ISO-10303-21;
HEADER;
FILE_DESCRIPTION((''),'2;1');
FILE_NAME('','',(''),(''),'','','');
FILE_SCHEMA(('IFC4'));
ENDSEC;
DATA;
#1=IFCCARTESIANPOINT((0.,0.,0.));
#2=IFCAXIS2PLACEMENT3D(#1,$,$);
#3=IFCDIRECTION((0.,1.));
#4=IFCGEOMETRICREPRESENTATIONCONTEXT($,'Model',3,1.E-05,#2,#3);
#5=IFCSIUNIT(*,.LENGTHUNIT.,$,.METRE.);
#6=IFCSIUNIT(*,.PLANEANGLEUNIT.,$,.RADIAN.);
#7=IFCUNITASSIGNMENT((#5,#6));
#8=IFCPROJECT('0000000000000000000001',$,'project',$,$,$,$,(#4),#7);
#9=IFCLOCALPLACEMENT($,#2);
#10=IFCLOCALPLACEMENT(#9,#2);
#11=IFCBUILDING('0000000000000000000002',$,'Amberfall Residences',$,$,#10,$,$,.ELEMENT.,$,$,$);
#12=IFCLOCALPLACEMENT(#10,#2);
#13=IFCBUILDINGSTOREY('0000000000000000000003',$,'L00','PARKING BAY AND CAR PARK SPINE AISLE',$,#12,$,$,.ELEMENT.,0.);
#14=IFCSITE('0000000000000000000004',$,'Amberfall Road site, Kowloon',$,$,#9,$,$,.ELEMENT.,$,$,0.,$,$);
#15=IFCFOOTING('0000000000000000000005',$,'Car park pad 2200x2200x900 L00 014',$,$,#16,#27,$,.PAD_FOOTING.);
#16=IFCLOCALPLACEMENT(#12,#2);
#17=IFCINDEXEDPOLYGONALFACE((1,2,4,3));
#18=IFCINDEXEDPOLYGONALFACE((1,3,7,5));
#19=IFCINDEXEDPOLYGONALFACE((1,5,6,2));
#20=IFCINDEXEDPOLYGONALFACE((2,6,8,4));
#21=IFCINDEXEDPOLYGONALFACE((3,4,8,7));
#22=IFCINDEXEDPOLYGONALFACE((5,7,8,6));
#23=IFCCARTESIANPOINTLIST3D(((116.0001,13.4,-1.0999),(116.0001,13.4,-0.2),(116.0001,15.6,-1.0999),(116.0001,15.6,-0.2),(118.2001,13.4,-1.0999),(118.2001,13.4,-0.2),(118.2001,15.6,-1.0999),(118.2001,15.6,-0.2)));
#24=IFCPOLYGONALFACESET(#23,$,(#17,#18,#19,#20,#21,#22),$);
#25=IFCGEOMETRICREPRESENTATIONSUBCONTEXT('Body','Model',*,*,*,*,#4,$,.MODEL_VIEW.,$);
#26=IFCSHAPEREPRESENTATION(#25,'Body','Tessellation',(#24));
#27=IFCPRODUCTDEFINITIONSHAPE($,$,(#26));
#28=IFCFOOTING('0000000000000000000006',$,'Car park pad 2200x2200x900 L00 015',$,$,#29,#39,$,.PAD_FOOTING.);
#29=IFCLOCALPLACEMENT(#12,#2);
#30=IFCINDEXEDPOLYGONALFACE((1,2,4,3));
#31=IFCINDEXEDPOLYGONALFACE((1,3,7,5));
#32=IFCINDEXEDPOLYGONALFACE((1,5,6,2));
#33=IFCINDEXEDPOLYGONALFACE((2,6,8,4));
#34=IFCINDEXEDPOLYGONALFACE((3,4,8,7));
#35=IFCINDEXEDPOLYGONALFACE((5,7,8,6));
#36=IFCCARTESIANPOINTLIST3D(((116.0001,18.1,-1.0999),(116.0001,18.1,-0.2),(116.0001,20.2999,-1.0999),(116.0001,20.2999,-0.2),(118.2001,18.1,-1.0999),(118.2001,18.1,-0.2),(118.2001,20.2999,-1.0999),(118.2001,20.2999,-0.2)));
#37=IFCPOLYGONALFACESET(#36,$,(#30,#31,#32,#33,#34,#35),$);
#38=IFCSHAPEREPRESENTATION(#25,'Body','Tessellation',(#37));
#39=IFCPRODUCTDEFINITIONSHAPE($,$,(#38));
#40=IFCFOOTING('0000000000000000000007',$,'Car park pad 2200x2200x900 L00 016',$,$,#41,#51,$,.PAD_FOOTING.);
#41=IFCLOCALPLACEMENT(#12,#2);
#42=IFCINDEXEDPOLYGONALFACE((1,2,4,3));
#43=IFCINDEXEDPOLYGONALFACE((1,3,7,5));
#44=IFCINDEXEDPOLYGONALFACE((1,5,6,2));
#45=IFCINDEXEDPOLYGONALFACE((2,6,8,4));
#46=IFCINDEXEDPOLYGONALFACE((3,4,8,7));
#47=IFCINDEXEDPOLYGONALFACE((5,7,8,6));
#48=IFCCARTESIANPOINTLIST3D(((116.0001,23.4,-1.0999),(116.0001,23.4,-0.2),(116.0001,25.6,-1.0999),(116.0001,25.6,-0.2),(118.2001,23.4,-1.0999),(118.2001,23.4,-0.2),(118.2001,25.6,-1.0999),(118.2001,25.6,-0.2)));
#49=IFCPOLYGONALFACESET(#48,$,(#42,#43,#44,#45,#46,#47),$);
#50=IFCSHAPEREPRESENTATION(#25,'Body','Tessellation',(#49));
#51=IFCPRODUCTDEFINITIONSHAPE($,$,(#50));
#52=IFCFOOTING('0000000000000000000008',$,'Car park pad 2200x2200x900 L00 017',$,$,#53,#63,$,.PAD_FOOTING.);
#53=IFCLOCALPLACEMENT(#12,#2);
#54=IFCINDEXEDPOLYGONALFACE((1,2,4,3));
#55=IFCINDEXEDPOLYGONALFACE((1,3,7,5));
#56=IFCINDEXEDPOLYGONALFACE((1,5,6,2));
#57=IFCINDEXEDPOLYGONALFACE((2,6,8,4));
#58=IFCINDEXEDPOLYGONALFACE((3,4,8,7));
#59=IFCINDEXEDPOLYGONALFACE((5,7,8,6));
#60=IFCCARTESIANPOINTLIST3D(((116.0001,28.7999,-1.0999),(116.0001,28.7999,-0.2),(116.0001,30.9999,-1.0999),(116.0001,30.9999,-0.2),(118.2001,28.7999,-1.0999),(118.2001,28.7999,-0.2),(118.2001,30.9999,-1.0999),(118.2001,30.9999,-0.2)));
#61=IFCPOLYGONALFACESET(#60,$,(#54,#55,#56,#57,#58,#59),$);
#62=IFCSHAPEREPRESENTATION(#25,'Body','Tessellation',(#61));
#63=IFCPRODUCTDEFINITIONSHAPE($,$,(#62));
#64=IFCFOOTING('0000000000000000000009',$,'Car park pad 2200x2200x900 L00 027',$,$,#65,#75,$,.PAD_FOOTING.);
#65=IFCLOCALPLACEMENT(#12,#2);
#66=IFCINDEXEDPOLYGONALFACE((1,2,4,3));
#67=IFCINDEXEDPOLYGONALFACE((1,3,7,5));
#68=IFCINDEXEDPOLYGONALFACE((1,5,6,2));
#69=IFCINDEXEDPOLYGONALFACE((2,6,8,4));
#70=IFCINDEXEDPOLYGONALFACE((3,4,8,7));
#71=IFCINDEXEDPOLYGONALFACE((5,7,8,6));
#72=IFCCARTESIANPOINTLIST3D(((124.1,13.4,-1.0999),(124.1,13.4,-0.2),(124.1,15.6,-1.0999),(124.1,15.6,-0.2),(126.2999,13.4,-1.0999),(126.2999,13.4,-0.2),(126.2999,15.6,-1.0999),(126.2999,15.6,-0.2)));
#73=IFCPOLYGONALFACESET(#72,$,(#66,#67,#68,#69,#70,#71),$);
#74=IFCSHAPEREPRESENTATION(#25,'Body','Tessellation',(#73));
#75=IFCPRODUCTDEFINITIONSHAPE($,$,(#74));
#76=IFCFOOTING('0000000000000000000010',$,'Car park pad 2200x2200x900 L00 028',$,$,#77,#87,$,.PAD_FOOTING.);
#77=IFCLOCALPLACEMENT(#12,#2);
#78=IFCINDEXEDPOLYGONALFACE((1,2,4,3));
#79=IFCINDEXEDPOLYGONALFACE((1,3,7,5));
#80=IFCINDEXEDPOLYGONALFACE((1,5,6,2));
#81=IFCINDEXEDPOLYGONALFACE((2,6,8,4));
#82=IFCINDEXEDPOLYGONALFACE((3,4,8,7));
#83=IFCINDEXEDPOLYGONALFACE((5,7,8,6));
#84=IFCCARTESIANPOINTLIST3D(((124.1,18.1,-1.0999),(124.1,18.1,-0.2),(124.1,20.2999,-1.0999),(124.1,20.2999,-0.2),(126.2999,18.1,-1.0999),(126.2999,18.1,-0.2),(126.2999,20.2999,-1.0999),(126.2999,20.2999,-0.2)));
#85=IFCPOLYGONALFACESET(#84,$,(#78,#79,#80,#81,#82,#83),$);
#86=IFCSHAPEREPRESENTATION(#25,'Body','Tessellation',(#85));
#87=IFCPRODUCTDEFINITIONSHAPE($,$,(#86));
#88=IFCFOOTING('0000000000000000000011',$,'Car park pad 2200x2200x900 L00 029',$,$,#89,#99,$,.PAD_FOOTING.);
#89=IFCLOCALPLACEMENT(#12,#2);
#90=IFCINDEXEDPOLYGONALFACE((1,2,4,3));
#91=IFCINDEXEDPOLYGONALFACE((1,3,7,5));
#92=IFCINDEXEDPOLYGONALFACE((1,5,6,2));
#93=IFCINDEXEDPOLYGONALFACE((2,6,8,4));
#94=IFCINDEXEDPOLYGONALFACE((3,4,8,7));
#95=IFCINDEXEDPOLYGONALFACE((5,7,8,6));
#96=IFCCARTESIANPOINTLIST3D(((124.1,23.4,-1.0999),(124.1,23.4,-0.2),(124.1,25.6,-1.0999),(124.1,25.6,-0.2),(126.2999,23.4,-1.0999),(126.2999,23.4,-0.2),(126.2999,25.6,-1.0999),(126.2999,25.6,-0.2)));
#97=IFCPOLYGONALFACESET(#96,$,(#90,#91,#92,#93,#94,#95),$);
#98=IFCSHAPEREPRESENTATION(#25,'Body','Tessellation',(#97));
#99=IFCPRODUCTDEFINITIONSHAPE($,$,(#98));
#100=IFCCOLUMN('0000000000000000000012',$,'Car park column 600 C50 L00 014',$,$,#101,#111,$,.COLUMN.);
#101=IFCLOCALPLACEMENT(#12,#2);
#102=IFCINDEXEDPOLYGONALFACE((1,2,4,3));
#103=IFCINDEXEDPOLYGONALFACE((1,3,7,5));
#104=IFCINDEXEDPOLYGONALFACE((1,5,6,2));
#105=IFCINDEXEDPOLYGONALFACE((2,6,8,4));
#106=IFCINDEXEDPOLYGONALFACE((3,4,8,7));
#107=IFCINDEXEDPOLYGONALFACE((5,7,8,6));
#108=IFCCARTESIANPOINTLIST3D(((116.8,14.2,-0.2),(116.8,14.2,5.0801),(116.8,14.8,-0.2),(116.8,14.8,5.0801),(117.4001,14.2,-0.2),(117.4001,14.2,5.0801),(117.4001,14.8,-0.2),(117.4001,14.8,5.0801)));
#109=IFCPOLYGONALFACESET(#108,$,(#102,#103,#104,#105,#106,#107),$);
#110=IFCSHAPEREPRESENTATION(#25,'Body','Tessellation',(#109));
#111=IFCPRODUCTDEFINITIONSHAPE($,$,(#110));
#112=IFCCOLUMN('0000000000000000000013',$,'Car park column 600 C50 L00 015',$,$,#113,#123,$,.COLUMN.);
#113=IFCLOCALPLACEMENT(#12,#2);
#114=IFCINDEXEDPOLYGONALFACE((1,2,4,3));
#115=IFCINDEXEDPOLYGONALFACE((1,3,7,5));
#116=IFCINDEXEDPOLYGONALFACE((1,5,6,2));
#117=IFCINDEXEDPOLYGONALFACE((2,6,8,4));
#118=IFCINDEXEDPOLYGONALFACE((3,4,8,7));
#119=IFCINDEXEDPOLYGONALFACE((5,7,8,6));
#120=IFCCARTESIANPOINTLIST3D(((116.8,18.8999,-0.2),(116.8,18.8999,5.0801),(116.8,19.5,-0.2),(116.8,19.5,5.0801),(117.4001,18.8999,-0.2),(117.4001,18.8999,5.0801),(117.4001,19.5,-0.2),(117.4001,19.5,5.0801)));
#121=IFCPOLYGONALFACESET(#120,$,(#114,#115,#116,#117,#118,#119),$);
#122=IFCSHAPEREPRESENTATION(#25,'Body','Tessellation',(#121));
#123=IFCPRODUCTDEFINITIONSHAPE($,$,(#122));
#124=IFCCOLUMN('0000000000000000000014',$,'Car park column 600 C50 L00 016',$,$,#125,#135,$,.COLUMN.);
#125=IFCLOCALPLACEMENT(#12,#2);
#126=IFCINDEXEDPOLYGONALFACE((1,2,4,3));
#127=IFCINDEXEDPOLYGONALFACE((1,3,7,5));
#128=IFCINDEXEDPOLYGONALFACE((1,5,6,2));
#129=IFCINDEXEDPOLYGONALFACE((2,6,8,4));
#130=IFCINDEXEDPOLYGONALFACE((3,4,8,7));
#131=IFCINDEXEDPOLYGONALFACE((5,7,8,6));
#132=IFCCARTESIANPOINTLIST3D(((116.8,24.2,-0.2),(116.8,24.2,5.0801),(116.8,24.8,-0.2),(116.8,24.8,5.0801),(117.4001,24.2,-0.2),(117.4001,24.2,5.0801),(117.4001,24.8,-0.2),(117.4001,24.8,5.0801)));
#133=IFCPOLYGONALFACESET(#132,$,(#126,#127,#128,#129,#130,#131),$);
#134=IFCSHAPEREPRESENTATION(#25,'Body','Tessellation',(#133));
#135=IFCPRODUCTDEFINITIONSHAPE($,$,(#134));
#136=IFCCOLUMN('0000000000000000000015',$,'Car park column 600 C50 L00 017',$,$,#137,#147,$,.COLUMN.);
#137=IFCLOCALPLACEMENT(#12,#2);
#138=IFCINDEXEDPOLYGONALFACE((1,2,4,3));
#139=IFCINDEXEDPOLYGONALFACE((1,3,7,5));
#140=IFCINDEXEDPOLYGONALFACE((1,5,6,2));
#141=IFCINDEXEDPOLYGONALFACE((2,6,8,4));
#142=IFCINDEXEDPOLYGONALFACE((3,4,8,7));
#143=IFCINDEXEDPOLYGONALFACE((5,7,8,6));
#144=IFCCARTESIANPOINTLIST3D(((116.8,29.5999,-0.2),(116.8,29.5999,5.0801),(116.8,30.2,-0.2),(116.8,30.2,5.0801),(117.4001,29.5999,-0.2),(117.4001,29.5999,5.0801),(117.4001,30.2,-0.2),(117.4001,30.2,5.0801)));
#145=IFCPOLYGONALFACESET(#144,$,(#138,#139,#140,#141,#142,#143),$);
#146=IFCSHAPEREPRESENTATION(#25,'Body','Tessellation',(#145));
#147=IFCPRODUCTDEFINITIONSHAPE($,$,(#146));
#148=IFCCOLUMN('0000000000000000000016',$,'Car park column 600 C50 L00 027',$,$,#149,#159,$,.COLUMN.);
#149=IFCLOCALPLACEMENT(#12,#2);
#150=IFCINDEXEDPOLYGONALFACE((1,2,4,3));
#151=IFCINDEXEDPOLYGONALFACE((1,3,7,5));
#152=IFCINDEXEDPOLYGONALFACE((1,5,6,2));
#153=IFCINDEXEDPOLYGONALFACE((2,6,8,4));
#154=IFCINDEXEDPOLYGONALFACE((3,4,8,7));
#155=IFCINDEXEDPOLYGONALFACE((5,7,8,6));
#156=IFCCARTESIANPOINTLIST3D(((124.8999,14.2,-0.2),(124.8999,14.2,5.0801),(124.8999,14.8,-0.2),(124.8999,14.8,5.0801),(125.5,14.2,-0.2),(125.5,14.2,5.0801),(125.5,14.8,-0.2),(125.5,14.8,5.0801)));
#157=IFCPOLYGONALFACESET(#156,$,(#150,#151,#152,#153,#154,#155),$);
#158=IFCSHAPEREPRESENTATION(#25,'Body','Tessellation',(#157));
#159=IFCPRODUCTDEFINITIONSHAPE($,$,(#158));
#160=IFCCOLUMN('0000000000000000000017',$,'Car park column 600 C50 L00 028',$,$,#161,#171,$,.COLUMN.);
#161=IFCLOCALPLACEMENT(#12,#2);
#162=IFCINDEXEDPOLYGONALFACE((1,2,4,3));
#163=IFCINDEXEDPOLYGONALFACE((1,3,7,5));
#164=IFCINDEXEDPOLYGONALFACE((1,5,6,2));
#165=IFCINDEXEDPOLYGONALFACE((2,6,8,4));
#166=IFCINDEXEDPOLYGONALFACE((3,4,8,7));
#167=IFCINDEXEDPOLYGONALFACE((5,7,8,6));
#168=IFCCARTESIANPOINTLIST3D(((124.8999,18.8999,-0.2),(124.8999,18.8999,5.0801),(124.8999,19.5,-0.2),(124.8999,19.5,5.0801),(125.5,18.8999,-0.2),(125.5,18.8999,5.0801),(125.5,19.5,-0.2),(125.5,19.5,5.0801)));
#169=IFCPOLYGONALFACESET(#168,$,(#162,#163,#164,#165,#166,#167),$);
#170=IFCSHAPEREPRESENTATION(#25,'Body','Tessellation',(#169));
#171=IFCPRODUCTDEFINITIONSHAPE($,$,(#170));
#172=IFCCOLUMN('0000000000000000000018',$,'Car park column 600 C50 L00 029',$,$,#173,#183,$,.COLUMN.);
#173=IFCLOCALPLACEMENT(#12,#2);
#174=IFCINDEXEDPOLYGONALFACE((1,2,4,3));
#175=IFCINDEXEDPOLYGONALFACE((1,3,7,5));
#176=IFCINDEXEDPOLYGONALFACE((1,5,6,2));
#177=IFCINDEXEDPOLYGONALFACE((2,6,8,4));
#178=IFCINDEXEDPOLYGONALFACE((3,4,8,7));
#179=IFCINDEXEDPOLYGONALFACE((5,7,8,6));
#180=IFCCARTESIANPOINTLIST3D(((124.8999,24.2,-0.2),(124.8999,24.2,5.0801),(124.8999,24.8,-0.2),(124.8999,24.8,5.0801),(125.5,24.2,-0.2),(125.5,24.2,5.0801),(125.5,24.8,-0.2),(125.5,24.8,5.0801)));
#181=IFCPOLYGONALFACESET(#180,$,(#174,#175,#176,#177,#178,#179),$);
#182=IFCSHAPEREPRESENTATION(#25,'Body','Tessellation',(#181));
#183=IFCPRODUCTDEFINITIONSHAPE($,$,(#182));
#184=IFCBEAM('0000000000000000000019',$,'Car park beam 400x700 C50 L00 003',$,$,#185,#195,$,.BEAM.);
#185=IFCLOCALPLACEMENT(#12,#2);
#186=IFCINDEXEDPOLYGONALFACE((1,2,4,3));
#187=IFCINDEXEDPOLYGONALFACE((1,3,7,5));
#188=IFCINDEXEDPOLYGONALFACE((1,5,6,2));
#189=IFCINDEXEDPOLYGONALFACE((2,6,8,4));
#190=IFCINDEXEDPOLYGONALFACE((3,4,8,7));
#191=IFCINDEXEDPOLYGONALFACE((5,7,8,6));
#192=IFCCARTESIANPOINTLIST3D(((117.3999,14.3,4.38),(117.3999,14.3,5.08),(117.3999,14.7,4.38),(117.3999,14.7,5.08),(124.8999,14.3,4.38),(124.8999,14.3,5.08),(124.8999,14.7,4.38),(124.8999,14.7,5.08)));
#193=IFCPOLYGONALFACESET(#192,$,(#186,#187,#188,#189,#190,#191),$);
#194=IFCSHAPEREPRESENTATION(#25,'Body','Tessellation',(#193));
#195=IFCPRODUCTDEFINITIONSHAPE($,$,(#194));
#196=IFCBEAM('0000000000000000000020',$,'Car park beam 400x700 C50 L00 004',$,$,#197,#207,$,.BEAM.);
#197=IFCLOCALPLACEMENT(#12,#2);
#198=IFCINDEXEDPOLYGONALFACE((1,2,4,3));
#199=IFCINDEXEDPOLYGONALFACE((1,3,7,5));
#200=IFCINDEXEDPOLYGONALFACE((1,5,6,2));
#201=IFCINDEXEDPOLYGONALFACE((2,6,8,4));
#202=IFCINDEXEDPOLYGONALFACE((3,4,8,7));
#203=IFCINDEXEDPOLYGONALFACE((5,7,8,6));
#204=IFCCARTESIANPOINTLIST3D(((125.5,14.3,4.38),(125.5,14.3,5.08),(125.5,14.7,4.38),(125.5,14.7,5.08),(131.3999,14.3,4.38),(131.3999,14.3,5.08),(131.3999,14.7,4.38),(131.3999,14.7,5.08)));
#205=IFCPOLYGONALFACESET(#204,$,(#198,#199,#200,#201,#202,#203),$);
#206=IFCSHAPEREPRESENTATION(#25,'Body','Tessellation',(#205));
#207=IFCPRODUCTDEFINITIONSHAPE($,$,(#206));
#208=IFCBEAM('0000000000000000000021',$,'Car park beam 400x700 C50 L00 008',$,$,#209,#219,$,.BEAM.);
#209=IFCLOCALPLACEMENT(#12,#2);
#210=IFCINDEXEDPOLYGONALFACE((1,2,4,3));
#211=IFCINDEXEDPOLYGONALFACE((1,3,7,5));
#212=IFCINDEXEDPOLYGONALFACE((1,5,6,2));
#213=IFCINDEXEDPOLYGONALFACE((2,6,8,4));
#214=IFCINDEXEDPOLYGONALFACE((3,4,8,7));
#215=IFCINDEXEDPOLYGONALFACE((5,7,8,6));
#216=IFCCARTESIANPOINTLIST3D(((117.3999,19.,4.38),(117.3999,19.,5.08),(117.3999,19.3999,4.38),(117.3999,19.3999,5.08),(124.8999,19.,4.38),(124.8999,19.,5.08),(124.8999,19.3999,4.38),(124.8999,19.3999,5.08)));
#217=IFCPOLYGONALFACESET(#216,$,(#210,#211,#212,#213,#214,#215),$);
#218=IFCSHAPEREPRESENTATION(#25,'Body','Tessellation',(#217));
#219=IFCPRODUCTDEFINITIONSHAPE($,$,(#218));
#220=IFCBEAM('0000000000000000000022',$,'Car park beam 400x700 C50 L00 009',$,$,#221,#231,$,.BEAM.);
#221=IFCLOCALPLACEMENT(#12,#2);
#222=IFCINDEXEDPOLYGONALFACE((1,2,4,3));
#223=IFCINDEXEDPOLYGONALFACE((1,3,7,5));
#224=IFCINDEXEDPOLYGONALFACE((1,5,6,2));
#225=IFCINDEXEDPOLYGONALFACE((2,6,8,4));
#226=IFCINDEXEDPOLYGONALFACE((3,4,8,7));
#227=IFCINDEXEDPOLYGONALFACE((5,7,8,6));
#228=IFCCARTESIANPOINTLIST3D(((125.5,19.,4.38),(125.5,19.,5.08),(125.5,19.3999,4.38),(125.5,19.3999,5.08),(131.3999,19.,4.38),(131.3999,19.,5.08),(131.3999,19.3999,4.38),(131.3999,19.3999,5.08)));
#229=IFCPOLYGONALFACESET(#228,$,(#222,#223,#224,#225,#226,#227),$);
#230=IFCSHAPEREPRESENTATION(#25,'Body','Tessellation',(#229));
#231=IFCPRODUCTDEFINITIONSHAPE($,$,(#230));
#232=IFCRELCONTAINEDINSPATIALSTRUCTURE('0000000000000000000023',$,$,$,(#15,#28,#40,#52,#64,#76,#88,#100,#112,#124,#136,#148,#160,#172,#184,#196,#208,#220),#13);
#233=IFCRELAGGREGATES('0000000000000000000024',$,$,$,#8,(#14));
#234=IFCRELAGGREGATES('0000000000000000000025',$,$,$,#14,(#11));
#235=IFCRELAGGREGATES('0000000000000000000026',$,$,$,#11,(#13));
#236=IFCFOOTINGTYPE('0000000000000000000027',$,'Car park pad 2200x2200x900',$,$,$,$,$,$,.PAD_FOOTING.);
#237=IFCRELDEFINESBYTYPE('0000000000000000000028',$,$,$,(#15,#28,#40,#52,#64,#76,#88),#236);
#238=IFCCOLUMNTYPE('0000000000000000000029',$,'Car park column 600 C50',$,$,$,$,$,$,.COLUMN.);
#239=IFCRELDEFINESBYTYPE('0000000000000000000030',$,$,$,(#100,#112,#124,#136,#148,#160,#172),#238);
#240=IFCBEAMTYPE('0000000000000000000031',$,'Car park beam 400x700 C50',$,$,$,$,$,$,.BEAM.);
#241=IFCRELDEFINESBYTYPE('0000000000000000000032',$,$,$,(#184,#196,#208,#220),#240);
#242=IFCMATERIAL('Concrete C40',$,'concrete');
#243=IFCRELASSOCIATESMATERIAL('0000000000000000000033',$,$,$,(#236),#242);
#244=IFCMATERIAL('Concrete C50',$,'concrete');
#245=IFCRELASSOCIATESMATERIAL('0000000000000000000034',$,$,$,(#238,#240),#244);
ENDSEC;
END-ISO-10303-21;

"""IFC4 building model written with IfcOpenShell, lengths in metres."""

from ifc_helpers import new_model, si_unit, direction, frame, origin, origin_2d, place, context, subcontext, project, spatial, rectangle, extrude, material, material_profile, profile_set, type_object, element, save


model = new_model("IFC4")

# Units and contexts
model_context = context("Model", 3, precision=1e-05, world=origin(), true_north=direction((0.0, 1.0)))
body_context = subcontext(model_context, "Body", "Model", "MODEL_VIEW")
ifc_project = project(units=[si_unit("LENGTHUNIT", "METRE"), si_unit("PLANEANGLEUNIT", "RADIAN")], contexts=[model_context])

# Site, building, storey
site_placement = place(None, origin())
site = spatial("IfcSite", under=ifc_project, at=site_placement, Name="Amberfall Road site, Kowloon", CompositionType="ELEMENT", RefElevation=0.0)
building_placement = place(site_placement, origin())
building = spatial("IfcBuilding", under=site, at=building_placement, Name="Amberfall Residences", CompositionType="ELEMENT")
storey_placement = place(building_placement, origin())
storey = spatial("IfcBuildingStorey", under=building, at=storey_placement, Name="L00", Description="PARKING BAY AND CAR PARK SPINE AISLE", CompositionType="ELEMENT", Elevation=0.0)

# Footings
ifc_material_1 = material(Name="Concrete C40", Category="concrete")
footing_type = type_object("IfcFootingType", Name="Car park pad 2200x2200x900", PredefinedType="PAD_FOOTING", material=ifc_material_1)
for number, where, z_axis, x_axis, name in (
    (1, (117.1001, 14.5, -1.0999), (0.0, 0.0, 1.0), (1.0, 0.0, 0.0), "Car park pad 2200x2200x900 L00 014"),
    (2, (117.1001, 19.2, -1.0999), (0.0, 0.0, 1.0), (1.0, 0.0, 0.0), "Car park pad 2200x2200x900 L00 015"),
    (3, (117.1001, 24.5, -1.0999), (0.0, 0.0, 1.0), (1.0, 0.0, 0.0), "Car park pad 2200x2200x900 L00 016"),
    (4, (117.1001, 29.8999, -1.0999), (0.0, 0.0, 1.0), (1.0, 0.0, 0.0), "Car park pad 2200x2200x900 L00 017"),
    (5, (125.2, 14.5, -1.0999), (0.0, 0.0, 1.0), (1.0, 0.0, 0.0), "Car park pad 2200x2200x900 L00 027"),
    (6, (125.2, 19.2, -1.0999), (0.0, 0.0, 1.0), (1.0, 0.0, 0.0), "Car park pad 2200x2200x900 L00 028"),
    (7, (125.2, 24.5, -1.0999), (0.0, 0.0, 1.0), (1.0, 0.0, 0.0), "Car park pad 2200x2200x900 L00 029"),
):
    element("IfcFooting", number, at=place(storey_placement, frame(where, z_axis=z_axis, x_axis=x_axis)), inside=storey, type_object=footing_type, Name=name, PredefinedType="PAD_FOOTING", context=body_context, shape_type="SweptSolid", body=[
        extrude(rectangle(XDim=2.2, YDim=2.2, at=origin_2d()), origin(), (0.0, 0.0, 1.0), 0.8999),
    ])

# Columns
ifc_material_2 = material(Name="Concrete C50", Category="concrete")
ifc_material_profile_1 = material_profile(ifc_material_2, rectangle(XDim=0.6001, YDim=0.6001, at=origin_2d()), Name="RC 600x600")
ifc_profile_set_1 = profile_set([ifc_material_profile_1], Name="Concrete C50")
column_type = type_object("IfcColumnType", Name="Car park column 600 C50", PredefinedType="COLUMN", material=ifc_profile_set_1)
for number, where, z_axis, x_axis, name in (
    (8, (117.1001, 14.5, -0.2), (0.0, 0.0, 1.0), (1.0, 0.0, 0.0), "Car park column 600 C50 L00 014"),
    (9, (117.1001, 19.2, -0.2), (0.0, 0.0, 1.0), (1.0, 0.0, 0.0), "Car park column 600 C50 L00 015"),
    (10, (117.1001, 24.5, -0.2), (0.0, 0.0, 1.0), (1.0, 0.0, 0.0), "Car park column 600 C50 L00 016"),
    (11, (117.1001, 29.8999, -0.2), (0.0, 0.0, 1.0), (1.0, 0.0, 0.0), "Car park column 600 C50 L00 017"),
    (12, (125.2, 14.5, -0.2), (0.0, 0.0, 1.0), (1.0, 0.0, 0.0), "Car park column 600 C50 L00 027"),
    (13, (125.2, 19.2, -0.2), (0.0, 0.0, 1.0), (1.0, 0.0, 0.0), "Car park column 600 C50 L00 028"),
    (14, (125.2, 24.5, -0.2), (0.0, 0.0, 1.0), (1.0, 0.0, 0.0), "Car park column 600 C50 L00 029"),
):
    element("IfcColumn", number, at=place(storey_placement, frame(where, z_axis=z_axis, x_axis=x_axis)), inside=storey, type_object=column_type, Name=name, PredefinedType="COLUMN", context=body_context, shape_type="SweptSolid", body=[
        extrude(rectangle(XDim=0.6001, YDim=0.6001, at=origin_2d()), origin(), (0.0, 0.0, 1.0), 5.28),
    ])

# Beams
ifc_material_profile_2 = material_profile(ifc_material_2, rectangle(XDim=0.3999, YDim=0.7, at=origin_2d()), Name="RC 400x700")
ifc_profile_set_2 = profile_set([ifc_material_profile_2], Name="Concrete C50")
beam_type = type_object("IfcBeamType", Name="Car park beam 400x700 C50", PredefinedType="BEAM", material=ifc_profile_set_2)
beam_1_placement = place(storey_placement, frame((117.3999, 14.5, 4.73), z_axis=(1.0, 0.0, 0.0), x_axis=(0.0, 1.0, 0.0)))
element("IfcBeam", 15, at=beam_1_placement, inside=storey, type_object=beam_type, Name="Car park beam 400x700 C50 L00 003", PredefinedType="BEAM", context=body_context, shape_type="SweptSolid", body=[
    extrude(rectangle(XDim=0.3999, YDim=0.7, at=origin_2d()), origin(), (0.0, 0.0, 1.0), 7.5),
])
beam_2_placement = place(storey_placement, frame((125.5, 14.5, 4.73), z_axis=(1.0, 0.0, 0.0), x_axis=(0.0, 1.0, 0.0)))
element("IfcBeam", 16, at=beam_2_placement, inside=storey, type_object=beam_type, Name="Car park beam 400x700 C50 L00 004", PredefinedType="BEAM", context=body_context, shape_type="SweptSolid", body=[
    extrude(rectangle(XDim=0.3999, YDim=0.7, at=origin_2d()), origin(), (0.0, 0.0, 1.0), 5.8999),
])
beam_3_placement = place(storey_placement, frame((117.3999, 19.2, 4.73), z_axis=(1.0, 0.0, 0.0), x_axis=(0.0, 1.0, 0.0)))
element("IfcBeam", 17, at=beam_3_placement, inside=storey, type_object=beam_type, Name="Car park beam 400x700 C50 L00 008", PredefinedType="BEAM", context=body_context, shape_type="SweptSolid", body=[
    extrude(rectangle(XDim=0.3999, YDim=0.7, at=origin_2d()), origin(), (0.0, 0.0, 1.0), 7.5),
])
beam_4_placement = place(storey_placement, frame((125.5, 19.2, 4.73), z_axis=(1.0, 0.0, 0.0), x_axis=(0.0, 1.0, 0.0)))
element("IfcBeam", 18, at=beam_4_placement, inside=storey, type_object=beam_type, Name="Car park beam 400x700 C50 L00 009", PredefinedType="BEAM", context=body_context, shape_type="SweptSolid", body=[
    extrude(rectangle(XDim=0.3999, YDim=0.7, at=origin_2d()), origin(), (0.0, 0.0, 1.0), 5.8999),
])

save(model, "model.ifc")
